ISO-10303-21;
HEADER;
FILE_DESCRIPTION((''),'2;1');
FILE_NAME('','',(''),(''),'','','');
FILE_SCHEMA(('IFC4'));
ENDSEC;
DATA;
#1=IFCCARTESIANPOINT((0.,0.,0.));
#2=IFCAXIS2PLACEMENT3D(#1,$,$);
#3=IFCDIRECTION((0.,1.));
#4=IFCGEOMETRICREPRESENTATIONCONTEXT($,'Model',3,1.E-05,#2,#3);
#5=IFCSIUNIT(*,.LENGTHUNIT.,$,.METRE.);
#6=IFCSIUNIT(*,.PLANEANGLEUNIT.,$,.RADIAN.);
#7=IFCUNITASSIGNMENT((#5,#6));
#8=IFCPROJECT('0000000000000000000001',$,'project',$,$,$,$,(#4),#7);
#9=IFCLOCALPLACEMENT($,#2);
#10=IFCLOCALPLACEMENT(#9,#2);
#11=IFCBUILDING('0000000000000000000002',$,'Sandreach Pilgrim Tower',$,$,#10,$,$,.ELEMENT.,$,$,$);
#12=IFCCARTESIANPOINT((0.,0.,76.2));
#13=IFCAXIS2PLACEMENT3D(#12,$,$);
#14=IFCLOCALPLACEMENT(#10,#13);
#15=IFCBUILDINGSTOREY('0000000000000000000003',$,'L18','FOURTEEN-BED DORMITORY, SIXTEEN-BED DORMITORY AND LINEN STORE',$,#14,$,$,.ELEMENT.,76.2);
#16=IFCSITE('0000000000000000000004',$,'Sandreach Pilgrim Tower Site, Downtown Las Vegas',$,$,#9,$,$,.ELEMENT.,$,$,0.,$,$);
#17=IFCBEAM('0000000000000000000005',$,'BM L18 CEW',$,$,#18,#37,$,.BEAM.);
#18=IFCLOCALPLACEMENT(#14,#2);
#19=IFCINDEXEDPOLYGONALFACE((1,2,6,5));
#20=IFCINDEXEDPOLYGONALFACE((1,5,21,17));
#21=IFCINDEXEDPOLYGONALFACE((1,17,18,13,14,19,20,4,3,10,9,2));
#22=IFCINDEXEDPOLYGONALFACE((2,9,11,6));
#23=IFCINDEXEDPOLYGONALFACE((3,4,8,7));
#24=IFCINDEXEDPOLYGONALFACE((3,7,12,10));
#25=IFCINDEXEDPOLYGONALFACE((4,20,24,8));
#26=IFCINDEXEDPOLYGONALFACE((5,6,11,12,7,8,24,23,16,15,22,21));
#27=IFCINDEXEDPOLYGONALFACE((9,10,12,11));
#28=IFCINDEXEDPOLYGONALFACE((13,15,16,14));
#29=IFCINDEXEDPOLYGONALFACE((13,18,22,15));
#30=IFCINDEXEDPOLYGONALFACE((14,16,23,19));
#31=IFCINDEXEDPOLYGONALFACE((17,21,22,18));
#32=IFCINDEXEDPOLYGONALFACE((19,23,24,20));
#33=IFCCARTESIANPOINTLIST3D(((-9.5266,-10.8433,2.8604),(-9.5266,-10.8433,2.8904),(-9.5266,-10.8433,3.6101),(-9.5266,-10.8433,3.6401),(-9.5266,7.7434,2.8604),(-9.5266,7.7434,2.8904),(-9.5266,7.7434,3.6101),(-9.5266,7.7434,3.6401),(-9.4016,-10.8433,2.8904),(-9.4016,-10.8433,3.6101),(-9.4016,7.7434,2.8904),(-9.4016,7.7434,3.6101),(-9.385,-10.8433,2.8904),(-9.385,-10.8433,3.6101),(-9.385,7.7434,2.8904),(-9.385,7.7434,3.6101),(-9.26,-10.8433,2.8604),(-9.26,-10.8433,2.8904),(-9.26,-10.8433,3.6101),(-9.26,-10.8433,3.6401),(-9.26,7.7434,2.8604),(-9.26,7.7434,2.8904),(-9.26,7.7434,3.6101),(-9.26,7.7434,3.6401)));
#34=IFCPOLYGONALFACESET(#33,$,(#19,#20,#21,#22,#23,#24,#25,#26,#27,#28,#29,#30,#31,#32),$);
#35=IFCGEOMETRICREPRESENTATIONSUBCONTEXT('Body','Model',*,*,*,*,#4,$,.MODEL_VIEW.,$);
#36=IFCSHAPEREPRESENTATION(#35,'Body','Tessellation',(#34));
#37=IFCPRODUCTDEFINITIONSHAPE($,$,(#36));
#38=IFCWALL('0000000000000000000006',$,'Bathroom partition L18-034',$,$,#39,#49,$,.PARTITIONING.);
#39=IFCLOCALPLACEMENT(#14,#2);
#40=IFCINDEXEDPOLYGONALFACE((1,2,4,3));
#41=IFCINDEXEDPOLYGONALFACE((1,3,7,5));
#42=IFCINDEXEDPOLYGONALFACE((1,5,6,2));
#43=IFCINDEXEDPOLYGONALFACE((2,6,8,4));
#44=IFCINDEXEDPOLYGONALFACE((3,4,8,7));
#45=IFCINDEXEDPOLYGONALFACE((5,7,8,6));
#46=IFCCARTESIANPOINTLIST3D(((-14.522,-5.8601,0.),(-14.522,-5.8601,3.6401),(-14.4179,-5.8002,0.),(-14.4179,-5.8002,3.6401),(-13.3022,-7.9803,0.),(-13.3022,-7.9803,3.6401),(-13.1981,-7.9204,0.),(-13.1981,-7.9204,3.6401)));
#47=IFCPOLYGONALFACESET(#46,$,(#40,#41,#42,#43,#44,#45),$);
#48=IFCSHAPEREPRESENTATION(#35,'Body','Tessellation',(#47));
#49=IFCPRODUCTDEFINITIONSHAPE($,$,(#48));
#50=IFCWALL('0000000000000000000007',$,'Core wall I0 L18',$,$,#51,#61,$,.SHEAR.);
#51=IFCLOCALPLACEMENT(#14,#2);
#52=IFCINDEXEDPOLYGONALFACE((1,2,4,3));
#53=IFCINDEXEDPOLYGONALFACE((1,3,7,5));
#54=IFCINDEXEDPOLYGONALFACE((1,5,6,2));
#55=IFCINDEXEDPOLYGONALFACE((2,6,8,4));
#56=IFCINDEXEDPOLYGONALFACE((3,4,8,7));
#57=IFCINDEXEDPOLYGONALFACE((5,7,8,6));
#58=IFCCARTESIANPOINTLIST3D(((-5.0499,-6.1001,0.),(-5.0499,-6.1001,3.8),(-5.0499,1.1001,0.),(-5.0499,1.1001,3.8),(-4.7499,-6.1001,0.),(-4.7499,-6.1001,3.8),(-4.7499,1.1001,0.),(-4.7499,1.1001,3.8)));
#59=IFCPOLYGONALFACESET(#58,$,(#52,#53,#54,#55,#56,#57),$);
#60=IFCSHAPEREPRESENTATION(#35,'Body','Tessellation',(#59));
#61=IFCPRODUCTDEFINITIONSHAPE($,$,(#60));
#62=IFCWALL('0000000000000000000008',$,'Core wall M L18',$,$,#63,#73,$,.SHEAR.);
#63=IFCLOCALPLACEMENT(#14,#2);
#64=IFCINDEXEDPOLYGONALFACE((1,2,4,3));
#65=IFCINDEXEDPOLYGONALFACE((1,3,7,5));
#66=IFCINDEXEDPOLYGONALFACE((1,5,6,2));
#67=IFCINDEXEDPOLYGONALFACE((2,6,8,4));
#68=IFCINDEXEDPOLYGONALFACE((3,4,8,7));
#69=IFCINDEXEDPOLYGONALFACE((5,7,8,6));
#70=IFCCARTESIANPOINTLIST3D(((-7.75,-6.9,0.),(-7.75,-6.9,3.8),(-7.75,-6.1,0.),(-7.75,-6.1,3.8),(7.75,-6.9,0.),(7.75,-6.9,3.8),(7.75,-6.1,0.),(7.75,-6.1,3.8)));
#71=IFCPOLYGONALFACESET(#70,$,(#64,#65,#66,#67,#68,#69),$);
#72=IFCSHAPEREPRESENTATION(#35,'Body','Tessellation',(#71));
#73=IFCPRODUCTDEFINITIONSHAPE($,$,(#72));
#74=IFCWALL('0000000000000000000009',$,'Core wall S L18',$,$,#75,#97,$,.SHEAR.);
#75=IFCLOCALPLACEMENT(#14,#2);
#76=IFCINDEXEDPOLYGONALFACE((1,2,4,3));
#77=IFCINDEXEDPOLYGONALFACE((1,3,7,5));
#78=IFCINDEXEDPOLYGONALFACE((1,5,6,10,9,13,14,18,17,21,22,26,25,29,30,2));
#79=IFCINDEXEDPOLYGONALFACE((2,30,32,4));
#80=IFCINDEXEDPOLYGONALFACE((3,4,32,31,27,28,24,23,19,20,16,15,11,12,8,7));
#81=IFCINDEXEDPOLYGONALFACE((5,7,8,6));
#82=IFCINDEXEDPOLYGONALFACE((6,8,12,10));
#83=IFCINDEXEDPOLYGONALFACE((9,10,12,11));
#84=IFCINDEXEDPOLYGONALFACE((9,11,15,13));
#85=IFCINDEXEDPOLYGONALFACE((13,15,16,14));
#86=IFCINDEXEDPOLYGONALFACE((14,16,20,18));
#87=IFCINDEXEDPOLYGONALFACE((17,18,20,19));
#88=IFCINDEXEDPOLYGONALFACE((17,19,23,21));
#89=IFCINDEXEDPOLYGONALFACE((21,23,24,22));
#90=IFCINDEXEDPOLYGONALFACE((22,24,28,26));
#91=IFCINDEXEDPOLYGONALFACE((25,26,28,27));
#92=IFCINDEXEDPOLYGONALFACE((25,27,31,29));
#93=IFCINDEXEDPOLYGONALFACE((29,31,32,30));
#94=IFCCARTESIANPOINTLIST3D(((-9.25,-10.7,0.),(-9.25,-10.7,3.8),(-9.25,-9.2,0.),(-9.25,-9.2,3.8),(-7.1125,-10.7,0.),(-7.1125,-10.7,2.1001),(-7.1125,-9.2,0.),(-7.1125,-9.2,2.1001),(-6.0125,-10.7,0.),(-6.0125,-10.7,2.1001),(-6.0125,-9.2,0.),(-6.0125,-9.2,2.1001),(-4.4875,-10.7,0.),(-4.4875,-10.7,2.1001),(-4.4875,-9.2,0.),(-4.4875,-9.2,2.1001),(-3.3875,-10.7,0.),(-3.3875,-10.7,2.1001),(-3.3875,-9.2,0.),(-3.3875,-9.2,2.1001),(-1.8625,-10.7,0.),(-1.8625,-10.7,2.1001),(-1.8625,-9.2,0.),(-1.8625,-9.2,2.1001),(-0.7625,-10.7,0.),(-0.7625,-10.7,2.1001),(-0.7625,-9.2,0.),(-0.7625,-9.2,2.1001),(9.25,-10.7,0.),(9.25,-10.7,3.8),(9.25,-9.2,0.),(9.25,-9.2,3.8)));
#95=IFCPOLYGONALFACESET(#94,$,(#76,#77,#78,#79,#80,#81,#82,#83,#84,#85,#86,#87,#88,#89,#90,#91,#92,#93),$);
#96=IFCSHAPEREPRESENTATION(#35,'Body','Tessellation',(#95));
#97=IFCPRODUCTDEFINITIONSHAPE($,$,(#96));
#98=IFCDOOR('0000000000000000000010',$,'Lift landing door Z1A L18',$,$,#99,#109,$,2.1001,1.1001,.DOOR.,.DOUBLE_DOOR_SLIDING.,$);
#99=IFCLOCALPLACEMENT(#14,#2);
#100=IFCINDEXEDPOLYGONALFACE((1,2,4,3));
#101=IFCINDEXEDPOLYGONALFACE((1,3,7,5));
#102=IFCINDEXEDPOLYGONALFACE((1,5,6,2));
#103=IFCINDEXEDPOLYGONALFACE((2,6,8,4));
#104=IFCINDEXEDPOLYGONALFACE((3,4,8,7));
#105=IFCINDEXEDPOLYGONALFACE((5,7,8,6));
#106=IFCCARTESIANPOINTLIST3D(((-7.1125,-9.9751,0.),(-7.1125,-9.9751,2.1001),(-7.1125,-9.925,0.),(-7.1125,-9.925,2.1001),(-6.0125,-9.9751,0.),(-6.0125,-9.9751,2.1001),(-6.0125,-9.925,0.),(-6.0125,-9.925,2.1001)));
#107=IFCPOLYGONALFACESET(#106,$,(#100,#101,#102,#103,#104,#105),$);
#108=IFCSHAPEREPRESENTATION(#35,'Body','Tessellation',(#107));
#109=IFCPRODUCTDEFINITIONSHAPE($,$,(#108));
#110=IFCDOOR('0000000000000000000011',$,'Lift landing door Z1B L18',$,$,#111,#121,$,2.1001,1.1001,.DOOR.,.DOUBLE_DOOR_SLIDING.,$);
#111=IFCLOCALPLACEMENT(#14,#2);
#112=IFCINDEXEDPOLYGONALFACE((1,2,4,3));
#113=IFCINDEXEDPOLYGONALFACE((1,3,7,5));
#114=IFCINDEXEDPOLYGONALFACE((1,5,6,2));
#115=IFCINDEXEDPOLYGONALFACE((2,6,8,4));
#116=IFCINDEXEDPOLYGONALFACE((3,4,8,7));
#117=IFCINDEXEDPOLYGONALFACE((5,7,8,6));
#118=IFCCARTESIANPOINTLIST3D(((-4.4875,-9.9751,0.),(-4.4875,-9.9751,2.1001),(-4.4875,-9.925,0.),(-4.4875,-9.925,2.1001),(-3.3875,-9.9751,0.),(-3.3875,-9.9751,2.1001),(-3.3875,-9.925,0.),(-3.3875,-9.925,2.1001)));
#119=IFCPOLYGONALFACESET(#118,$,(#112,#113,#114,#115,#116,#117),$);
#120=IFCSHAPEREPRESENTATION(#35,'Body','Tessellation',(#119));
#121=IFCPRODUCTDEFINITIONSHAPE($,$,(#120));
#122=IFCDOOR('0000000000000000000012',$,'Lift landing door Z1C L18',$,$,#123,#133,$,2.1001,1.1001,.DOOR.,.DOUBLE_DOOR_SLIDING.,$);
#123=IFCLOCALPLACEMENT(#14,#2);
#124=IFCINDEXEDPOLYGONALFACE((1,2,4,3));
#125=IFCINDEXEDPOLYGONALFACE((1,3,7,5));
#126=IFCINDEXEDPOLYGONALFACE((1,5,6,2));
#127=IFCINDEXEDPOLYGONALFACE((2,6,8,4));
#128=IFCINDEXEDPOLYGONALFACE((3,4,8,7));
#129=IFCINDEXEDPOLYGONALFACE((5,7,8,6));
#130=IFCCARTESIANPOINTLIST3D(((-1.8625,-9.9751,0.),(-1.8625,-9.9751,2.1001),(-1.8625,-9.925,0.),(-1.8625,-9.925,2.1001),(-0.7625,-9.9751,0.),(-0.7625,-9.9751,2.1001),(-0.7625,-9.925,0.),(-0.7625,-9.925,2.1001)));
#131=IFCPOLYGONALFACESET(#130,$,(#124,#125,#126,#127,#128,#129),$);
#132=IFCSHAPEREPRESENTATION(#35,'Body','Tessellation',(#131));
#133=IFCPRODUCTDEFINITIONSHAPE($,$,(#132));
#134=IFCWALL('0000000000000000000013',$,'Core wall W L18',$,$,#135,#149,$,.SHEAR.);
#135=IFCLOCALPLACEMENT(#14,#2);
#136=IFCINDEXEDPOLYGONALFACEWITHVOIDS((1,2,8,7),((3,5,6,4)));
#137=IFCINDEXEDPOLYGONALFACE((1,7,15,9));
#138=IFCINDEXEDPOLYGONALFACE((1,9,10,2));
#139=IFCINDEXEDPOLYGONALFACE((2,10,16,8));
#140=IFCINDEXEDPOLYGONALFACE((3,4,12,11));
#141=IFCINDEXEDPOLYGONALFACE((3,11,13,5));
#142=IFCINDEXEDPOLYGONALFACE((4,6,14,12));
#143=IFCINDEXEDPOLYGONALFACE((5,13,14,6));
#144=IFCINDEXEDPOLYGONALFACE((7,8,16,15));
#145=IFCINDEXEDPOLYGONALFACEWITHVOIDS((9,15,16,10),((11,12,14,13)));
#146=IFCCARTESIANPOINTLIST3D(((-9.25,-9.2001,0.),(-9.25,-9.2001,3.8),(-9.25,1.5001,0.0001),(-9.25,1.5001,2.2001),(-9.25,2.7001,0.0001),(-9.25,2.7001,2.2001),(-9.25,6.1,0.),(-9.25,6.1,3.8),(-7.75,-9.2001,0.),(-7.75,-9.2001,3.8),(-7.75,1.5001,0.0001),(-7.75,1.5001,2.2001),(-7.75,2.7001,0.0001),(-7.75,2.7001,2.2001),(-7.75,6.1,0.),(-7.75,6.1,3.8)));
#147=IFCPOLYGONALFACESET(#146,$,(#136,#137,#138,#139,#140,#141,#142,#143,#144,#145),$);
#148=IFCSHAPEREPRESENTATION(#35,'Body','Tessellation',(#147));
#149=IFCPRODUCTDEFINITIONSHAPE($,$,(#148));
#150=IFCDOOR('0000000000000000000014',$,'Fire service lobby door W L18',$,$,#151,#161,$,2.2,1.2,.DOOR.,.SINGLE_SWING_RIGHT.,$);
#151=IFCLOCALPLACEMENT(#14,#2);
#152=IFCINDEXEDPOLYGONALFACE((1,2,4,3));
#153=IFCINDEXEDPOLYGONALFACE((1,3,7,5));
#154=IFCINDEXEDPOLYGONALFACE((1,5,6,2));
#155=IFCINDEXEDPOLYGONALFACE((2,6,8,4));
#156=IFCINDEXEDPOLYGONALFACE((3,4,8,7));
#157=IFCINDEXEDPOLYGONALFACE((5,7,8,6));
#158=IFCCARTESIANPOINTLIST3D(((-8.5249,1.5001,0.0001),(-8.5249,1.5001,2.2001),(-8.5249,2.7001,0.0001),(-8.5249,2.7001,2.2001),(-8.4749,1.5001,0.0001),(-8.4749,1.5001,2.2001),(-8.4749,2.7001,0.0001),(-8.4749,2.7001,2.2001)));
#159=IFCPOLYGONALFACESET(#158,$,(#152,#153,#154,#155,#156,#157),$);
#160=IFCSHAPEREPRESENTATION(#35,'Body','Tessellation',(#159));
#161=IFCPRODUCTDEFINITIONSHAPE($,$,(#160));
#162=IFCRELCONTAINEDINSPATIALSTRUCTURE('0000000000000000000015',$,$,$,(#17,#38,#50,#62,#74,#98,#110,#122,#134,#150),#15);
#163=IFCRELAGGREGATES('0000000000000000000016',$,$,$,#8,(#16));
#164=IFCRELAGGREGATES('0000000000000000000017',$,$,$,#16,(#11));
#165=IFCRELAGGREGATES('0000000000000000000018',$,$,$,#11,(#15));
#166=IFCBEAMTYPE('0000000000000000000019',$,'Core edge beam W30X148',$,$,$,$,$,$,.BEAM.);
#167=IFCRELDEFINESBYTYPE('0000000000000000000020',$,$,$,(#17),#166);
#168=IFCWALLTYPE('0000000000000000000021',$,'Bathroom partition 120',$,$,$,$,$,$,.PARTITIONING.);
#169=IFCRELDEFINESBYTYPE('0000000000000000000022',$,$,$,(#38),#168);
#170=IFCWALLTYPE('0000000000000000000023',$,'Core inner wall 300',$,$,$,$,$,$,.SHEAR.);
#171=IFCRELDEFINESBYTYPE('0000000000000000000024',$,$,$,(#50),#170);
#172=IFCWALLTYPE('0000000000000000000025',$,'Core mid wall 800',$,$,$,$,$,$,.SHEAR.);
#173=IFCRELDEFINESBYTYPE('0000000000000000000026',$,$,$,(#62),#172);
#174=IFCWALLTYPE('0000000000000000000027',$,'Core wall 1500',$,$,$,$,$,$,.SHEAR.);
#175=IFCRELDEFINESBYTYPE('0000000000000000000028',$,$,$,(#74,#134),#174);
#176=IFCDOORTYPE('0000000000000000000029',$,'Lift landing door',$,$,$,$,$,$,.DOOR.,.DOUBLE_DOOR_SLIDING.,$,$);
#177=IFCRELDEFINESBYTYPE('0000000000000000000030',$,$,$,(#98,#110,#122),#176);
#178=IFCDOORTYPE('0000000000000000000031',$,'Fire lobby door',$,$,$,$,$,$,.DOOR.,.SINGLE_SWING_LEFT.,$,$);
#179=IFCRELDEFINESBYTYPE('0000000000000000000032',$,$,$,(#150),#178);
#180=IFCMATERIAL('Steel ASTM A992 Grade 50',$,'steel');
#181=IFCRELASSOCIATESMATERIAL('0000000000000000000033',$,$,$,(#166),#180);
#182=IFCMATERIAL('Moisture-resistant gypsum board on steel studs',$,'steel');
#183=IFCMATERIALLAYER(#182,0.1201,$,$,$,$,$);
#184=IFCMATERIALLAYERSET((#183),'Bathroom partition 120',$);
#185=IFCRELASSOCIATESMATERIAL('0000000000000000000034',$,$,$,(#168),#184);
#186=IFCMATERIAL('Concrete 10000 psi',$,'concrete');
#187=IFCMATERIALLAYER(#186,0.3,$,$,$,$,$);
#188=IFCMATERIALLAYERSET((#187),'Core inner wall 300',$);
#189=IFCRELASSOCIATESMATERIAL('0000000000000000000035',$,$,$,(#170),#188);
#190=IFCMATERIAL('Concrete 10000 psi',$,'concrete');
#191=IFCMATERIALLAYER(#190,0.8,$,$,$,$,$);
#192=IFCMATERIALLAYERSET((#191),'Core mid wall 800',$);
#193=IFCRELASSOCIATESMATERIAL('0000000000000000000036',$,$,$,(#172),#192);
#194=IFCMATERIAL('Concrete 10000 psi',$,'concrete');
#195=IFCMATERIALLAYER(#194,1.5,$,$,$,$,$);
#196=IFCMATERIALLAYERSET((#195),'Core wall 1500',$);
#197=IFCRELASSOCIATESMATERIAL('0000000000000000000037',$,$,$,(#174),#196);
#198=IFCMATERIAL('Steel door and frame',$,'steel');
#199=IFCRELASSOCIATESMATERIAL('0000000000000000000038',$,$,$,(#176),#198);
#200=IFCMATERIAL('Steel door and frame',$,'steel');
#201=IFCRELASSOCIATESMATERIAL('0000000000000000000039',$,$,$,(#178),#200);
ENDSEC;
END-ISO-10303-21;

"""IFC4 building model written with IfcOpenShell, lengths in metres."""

from ifc_helpers import new_model, si_unit, direction, frame, frame_2d, origin, origin_2d, place, context, subcontext, project, spatial, rectangle, i_section, extrude, material, layer, layer_set, material_profile, profile_set, type_object, element, fill, save


model = new_model("IFC4")

# Units and contexts
model_context = context("Model", 3, precision=1e-05, world=origin(), true_north=direction((0.0, 1.0)))
body_context = subcontext(model_context, "Body", "Model", "MODEL_VIEW")
ifc_project = project(units=[si_unit("LENGTHUNIT", "METRE"), si_unit("PLANEANGLEUNIT", "RADIAN")], contexts=[model_context])

# Site, building, storey
site_placement = place(None, origin())
site = spatial("IfcSite", under=ifc_project, at=site_placement, Name="Sandreach Pilgrim Tower Site, Downtown Las Vegas", CompositionType="ELEMENT", RefElevation=0.0)
building_placement = place(site_placement, origin())
building = spatial("IfcBuilding", under=site, at=building_placement, Name="Sandreach Pilgrim Tower", CompositionType="ELEMENT")
storey_placement = place(building_placement, frame((0.0, 0.0, 76.2)))
storey = spatial("IfcBuildingStorey", under=building, at=storey_placement, Name="L18", Description="FOURTEEN-BED DORMITORY, SIXTEEN-BED DORMITORY AND LINEN STORE", CompositionType="ELEMENT", Elevation=76.2)

# Beam
ifc_material_1 = material(Name="Steel ASTM A992 Grade 50", Category="steel")
ifc_material_profile = material_profile(ifc_material_1, i_section(OverallWidth=0.2666, OverallDepth=0.7798, WebThickness=0.0166, FlangeThickness=0.03, at=origin_2d()), Name="W30X148")
ifc_profile_set = profile_set([ifc_material_profile], Name="Steel ASTM A992 Grade 50")
beam_type = type_object("IfcBeamType", Name="Core edge beam W30X148", PredefinedType="BEAM", material=ifc_profile_set)
beam_placement = place(storey_placement, frame((-9.3933, -10.8433, 3.2502), z_axis=(0.0, 1.0, 0.0), x_axis=(-1.0, 0.0, 0.0)))
element("IfcBeam", 1, at=beam_placement, inside=storey, type_object=beam_type, Name="BM L18 CEW", PredefinedType="BEAM", context=body_context, shape_type="SweptSolid", body=[
    extrude(i_section(OverallWidth=0.2666, OverallDepth=0.7798, WebThickness=0.0166, FlangeThickness=0.03, at=origin_2d()), origin(), (0.0, 0.0, 1.0), 18.5867),
])

# Walls
ifc_material_2 = material(Name="Moisture-resistant gypsum board on steel studs", Category="steel")
ifc_layer_1 = layer(ifc_material_2, 0.1201)
ifc_layer_set_1 = layer_set([ifc_layer_1], Name="Bathroom partition 120")
wall_type_1 = type_object("IfcWallType", Name="Bathroom partition 120", PredefinedType="PARTITIONING", material=ifc_layer_set_1)
wall_1_placement = place(storey_placement, frame((-14.47, -5.8301, 0.0), z_axis=(0.0, 0.0, 1.0), x_axis=(0.498674, -0.86679, 0.0)))
element("IfcWall", 2, at=wall_1_placement, inside=storey, type_object=wall_type_1, Name="Bathroom partition L18-034", PredefinedType="PARTITIONING", context=body_context, shape_type="SweptSolid", body=[
    extrude(rectangle(XDim=2.446, YDim=0.1201, at=frame_2d((1.2231, 0.0))), origin(), (0.0, 0.0, 1.0), 3.6401),
])
ifc_material_3 = material(Name="Concrete 10000 psi", Category="concrete")
ifc_layer_2 = layer(ifc_material_3, 0.3)
ifc_layer_set_2 = layer_set([ifc_layer_2], Name="Core inner wall 300")
wall_type_2 = type_object("IfcWallType", Name="Core inner wall 300", PredefinedType="SHEAR", material=ifc_layer_set_2)
wall_2_placement = place(storey_placement, frame((-4.8999, -6.1001, 0.0), z_axis=(0.0, 0.0, 1.0), x_axis=(0.0, 1.0, 0.0)))
element("IfcWall", 3, at=wall_2_placement, inside=storey, type_object=wall_type_2, Name="Core wall I0 L18", PredefinedType="SHEAR", context=body_context, shape_type="SweptSolid", body=[
    extrude(rectangle(XDim=7.2002, YDim=0.3, at=frame_2d((3.6001, 0.0))), origin(), (0.0, 0.0, 1.0), 3.8),
])

# Wall
ifc_material_4 = material(Name="Concrete 10000 psi", Category="concrete")
ifc_layer_3 = layer(ifc_material_4, 0.8)
ifc_layer_set_3 = layer_set([ifc_layer_3], Name="Core mid wall 800")
wall_type_3 = type_object("IfcWallType", Name="Core mid wall 800", PredefinedType="SHEAR", material=ifc_layer_set_3)
wall_3_placement = place(storey_placement, frame((-7.75, -6.5, 0.0), z_axis=(0.0, 0.0, 1.0), x_axis=(1.0, 0.0, 0.0)))
element("IfcWall", 4, at=wall_3_placement, inside=storey, type_object=wall_type_3, Name="Core wall M L18", PredefinedType="SHEAR", context=body_context, shape_type="SweptSolid", body=[
    extrude(rectangle(XDim=15.5, YDim=0.8, at=frame_2d((7.75, 0.0))), origin(), (0.0, 0.0, 1.0), 3.8),
])

# Wall, openings, doors
ifc_material_5 = material(Name="Concrete 10000 psi", Category="concrete")
ifc_layer_4 = layer(ifc_material_5, 1.5)
ifc_layer_set_4 = layer_set([ifc_layer_4], Name="Core wall 1500")
wall_type_4 = type_object("IfcWallType", Name="Core wall 1500", PredefinedType="SHEAR", material=ifc_layer_set_4)
wall_4_placement = place(storey_placement, frame((-9.25, -9.95, 0.0), z_axis=(0.0, 0.0, 1.0), x_axis=(1.0, 0.0, 0.0)))
wall_4 = element("IfcWall", 5, at=wall_4_placement, inside=storey, type_object=wall_type_4, Name="Core wall S L18", PredefinedType="SHEAR", context=body_context, shape_type="SweptSolid", body=[
    extrude(rectangle(XDim=18.5, YDim=1.5, at=frame_2d((9.25, 0.0))), origin(), (0.0, 0.0, 1.0), 3.8),
])
opening_1_placement = place(wall_4_placement, frame((2.1375, 0.0, 0.0)))
opening_1 = element("IfcOpeningElement", 6, at=opening_1_placement, cuts=wall_4, PredefinedType="OPENING", context=body_context, shape_type="SweptSolid", body=[
    extrude(rectangle(XDim=1.1001, YDim=2.1001, at=frame_2d((0.55, 1.05))), frame((0.0, 0.75, 0.0), z_axis=(0.0, -1.0, 0.0), x_axis=(1.0, 0.0, 0.0)), (0.0, 0.0, 1.0), 1.5),
])
opening_2_placement = place(wall_4_placement, frame((4.7625, 0.0, 0.0)))
opening_2 = element("IfcOpeningElement", 7, at=opening_2_placement, cuts=wall_4, PredefinedType="OPENING", context=body_context, shape_type="SweptSolid", body=[
    extrude(rectangle(XDim=1.1001, YDim=2.1001, at=frame_2d((0.55, 1.05))), frame((0.0, 0.75, 0.0), z_axis=(0.0, -1.0, 0.0), x_axis=(1.0, 0.0, 0.0)), (0.0, 0.0, 1.0), 1.5),
])
opening_3_placement = place(wall_4_placement, frame((7.3875, 0.0, 0.0)))
opening_3 = element("IfcOpeningElement", 8, at=opening_3_placement, cuts=wall_4, PredefinedType="OPENING", context=body_context, shape_type="SweptSolid", body=[
    extrude(rectangle(XDim=1.1001, YDim=2.1001, at=frame_2d((0.55, 1.05))), frame((0.0, 0.75, 0.0), z_axis=(0.0, -1.0, 0.0), x_axis=(1.0, 0.0, 0.0)), (0.0, 0.0, 1.0), 1.5),
])
ifc_material_6 = material(Name="Steel door and frame", Category="steel")
door_type_1 = type_object("IfcDoorType", Name="Lift landing door", OperationType="DOUBLE_DOOR_SLIDING", PredefinedType="DOOR", material=ifc_material_6)
door_1_placement = place(opening_1_placement, origin())
door_1 = element("IfcDoor", 9, at=door_1_placement, inside=storey, type_object=door_type_1, Name="Lift landing door Z1A L18", OperationType="DOUBLE_DOOR_SLIDING", OverallHeight=2.1001, OverallWidth=1.1001, PredefinedType="DOOR", context=body_context, shape_type="SweptSolid", body=[
    extrude(rectangle(XDim=1.1001, YDim=2.1001, at=frame_2d((0.55, 1.05))), frame((0.0, 0.0249, 0.0), z_axis=(0.0, -1.0, 0.0), x_axis=(1.0, 0.0, 0.0)), (0.0, 0.0, 1.0), 0.05),
])
fill(opening_1, door_1)
door_2_placement = place(opening_2_placement, origin())
door_2 = element("IfcDoor", 10, at=door_2_placement, inside=storey, type_object=door_type_1, Name="Lift landing door Z1B L18", OperationType="DOUBLE_DOOR_SLIDING", OverallHeight=2.1001, OverallWidth=1.1001, PredefinedType="DOOR", context=body_context, shape_type="SweptSolid", body=[
    extrude(rectangle(XDim=1.1001, YDim=2.1001, at=frame_2d((0.55, 1.05))), frame((0.0, 0.0249, 0.0), z_axis=(0.0, -1.0, 0.0), x_axis=(1.0, 0.0, 0.0)), (0.0, 0.0, 1.0), 0.05),
])
fill(opening_2, door_2)
door_3_placement = place(opening_3_placement, origin())
door_3 = element("IfcDoor", 11, at=door_3_placement, inside=storey, type_object=door_type_1, Name="Lift landing door Z1C L18", OperationType="DOUBLE_DOOR_SLIDING", OverallHeight=2.1001, OverallWidth=1.1001, PredefinedType="DOOR", context=body_context, shape_type="SweptSolid", body=[
    extrude(rectangle(XDim=1.1001, YDim=2.1001, at=frame_2d((0.55, 1.05))), frame((0.0, 0.0249, 0.0), z_axis=(0.0, -1.0, 0.0), x_axis=(1.0, 0.0, 0.0)), (0.0, 0.0, 1.0), 0.05),
])
fill(opening_3, door_3)

# Wall, opening, door
wall_5_placement = place(storey_placement, frame((-8.5, -9.2, 0.0), z_axis=(0.0, 0.0, 1.0), x_axis=(0.0, 1.0, 0.0)))
wall_5 = element("IfcWall", 12, at=wall_5_placement, inside=storey, type_object=wall_type_4, Name="Core wall W L18", PredefinedType="SHEAR", context=body_context, shape_type="SweptSolid", body=[
    extrude(rectangle(XDim=15.3, YDim=1.5, at=frame_2d((7.6499, 0.0))), origin(), (0.0, 0.0, 1.0), 3.8),
])
opening_4_placement = place(wall_5_placement, frame((10.7, 0.0, 0.0)))
opening_4 = element("IfcOpeningElement", 13, at=opening_4_placement, cuts=wall_5, PredefinedType="OPENING", context=body_context, shape_type="SweptSolid", body=[
    extrude(rectangle(XDim=1.2, YDim=2.2, at=frame_2d((0.6001, 1.1001))), frame((0.0, 0.75, 0.0), z_axis=(0.0, -1.0, 0.0), x_axis=(1.0, 0.0, 0.0)), (0.0, 0.0, 1.0), 1.5),
])
ifc_material_7 = material(Name="Steel door and frame", Category="steel")
door_type_2 = type_object("IfcDoorType", Name="Fire lobby door", OperationType="SINGLE_SWING_LEFT", PredefinedType="DOOR", material=ifc_material_7)
door_4_placement = place(opening_4_placement, origin())
door_4 = element("IfcDoor", 14, at=door_4_placement, inside=storey, type_object=door_type_2, Name="Fire service lobby door W L18", OperationType="SINGLE_SWING_RIGHT", OverallHeight=2.2, OverallWidth=1.2, PredefinedType="DOOR", context=body_context, shape_type="SweptSolid", body=[
    extrude(rectangle(XDim=1.2, YDim=2.2, at=frame_2d((0.6001, 1.1001))), frame((0.0, 0.0249, 0.0), z_axis=(0.0, -1.0, 0.0), x_axis=(1.0, 0.0, 0.0)), (0.0, 0.0, 1.0), 0.05),
])
fill(opening_4, door_4)

save(model, "model.ifc")
